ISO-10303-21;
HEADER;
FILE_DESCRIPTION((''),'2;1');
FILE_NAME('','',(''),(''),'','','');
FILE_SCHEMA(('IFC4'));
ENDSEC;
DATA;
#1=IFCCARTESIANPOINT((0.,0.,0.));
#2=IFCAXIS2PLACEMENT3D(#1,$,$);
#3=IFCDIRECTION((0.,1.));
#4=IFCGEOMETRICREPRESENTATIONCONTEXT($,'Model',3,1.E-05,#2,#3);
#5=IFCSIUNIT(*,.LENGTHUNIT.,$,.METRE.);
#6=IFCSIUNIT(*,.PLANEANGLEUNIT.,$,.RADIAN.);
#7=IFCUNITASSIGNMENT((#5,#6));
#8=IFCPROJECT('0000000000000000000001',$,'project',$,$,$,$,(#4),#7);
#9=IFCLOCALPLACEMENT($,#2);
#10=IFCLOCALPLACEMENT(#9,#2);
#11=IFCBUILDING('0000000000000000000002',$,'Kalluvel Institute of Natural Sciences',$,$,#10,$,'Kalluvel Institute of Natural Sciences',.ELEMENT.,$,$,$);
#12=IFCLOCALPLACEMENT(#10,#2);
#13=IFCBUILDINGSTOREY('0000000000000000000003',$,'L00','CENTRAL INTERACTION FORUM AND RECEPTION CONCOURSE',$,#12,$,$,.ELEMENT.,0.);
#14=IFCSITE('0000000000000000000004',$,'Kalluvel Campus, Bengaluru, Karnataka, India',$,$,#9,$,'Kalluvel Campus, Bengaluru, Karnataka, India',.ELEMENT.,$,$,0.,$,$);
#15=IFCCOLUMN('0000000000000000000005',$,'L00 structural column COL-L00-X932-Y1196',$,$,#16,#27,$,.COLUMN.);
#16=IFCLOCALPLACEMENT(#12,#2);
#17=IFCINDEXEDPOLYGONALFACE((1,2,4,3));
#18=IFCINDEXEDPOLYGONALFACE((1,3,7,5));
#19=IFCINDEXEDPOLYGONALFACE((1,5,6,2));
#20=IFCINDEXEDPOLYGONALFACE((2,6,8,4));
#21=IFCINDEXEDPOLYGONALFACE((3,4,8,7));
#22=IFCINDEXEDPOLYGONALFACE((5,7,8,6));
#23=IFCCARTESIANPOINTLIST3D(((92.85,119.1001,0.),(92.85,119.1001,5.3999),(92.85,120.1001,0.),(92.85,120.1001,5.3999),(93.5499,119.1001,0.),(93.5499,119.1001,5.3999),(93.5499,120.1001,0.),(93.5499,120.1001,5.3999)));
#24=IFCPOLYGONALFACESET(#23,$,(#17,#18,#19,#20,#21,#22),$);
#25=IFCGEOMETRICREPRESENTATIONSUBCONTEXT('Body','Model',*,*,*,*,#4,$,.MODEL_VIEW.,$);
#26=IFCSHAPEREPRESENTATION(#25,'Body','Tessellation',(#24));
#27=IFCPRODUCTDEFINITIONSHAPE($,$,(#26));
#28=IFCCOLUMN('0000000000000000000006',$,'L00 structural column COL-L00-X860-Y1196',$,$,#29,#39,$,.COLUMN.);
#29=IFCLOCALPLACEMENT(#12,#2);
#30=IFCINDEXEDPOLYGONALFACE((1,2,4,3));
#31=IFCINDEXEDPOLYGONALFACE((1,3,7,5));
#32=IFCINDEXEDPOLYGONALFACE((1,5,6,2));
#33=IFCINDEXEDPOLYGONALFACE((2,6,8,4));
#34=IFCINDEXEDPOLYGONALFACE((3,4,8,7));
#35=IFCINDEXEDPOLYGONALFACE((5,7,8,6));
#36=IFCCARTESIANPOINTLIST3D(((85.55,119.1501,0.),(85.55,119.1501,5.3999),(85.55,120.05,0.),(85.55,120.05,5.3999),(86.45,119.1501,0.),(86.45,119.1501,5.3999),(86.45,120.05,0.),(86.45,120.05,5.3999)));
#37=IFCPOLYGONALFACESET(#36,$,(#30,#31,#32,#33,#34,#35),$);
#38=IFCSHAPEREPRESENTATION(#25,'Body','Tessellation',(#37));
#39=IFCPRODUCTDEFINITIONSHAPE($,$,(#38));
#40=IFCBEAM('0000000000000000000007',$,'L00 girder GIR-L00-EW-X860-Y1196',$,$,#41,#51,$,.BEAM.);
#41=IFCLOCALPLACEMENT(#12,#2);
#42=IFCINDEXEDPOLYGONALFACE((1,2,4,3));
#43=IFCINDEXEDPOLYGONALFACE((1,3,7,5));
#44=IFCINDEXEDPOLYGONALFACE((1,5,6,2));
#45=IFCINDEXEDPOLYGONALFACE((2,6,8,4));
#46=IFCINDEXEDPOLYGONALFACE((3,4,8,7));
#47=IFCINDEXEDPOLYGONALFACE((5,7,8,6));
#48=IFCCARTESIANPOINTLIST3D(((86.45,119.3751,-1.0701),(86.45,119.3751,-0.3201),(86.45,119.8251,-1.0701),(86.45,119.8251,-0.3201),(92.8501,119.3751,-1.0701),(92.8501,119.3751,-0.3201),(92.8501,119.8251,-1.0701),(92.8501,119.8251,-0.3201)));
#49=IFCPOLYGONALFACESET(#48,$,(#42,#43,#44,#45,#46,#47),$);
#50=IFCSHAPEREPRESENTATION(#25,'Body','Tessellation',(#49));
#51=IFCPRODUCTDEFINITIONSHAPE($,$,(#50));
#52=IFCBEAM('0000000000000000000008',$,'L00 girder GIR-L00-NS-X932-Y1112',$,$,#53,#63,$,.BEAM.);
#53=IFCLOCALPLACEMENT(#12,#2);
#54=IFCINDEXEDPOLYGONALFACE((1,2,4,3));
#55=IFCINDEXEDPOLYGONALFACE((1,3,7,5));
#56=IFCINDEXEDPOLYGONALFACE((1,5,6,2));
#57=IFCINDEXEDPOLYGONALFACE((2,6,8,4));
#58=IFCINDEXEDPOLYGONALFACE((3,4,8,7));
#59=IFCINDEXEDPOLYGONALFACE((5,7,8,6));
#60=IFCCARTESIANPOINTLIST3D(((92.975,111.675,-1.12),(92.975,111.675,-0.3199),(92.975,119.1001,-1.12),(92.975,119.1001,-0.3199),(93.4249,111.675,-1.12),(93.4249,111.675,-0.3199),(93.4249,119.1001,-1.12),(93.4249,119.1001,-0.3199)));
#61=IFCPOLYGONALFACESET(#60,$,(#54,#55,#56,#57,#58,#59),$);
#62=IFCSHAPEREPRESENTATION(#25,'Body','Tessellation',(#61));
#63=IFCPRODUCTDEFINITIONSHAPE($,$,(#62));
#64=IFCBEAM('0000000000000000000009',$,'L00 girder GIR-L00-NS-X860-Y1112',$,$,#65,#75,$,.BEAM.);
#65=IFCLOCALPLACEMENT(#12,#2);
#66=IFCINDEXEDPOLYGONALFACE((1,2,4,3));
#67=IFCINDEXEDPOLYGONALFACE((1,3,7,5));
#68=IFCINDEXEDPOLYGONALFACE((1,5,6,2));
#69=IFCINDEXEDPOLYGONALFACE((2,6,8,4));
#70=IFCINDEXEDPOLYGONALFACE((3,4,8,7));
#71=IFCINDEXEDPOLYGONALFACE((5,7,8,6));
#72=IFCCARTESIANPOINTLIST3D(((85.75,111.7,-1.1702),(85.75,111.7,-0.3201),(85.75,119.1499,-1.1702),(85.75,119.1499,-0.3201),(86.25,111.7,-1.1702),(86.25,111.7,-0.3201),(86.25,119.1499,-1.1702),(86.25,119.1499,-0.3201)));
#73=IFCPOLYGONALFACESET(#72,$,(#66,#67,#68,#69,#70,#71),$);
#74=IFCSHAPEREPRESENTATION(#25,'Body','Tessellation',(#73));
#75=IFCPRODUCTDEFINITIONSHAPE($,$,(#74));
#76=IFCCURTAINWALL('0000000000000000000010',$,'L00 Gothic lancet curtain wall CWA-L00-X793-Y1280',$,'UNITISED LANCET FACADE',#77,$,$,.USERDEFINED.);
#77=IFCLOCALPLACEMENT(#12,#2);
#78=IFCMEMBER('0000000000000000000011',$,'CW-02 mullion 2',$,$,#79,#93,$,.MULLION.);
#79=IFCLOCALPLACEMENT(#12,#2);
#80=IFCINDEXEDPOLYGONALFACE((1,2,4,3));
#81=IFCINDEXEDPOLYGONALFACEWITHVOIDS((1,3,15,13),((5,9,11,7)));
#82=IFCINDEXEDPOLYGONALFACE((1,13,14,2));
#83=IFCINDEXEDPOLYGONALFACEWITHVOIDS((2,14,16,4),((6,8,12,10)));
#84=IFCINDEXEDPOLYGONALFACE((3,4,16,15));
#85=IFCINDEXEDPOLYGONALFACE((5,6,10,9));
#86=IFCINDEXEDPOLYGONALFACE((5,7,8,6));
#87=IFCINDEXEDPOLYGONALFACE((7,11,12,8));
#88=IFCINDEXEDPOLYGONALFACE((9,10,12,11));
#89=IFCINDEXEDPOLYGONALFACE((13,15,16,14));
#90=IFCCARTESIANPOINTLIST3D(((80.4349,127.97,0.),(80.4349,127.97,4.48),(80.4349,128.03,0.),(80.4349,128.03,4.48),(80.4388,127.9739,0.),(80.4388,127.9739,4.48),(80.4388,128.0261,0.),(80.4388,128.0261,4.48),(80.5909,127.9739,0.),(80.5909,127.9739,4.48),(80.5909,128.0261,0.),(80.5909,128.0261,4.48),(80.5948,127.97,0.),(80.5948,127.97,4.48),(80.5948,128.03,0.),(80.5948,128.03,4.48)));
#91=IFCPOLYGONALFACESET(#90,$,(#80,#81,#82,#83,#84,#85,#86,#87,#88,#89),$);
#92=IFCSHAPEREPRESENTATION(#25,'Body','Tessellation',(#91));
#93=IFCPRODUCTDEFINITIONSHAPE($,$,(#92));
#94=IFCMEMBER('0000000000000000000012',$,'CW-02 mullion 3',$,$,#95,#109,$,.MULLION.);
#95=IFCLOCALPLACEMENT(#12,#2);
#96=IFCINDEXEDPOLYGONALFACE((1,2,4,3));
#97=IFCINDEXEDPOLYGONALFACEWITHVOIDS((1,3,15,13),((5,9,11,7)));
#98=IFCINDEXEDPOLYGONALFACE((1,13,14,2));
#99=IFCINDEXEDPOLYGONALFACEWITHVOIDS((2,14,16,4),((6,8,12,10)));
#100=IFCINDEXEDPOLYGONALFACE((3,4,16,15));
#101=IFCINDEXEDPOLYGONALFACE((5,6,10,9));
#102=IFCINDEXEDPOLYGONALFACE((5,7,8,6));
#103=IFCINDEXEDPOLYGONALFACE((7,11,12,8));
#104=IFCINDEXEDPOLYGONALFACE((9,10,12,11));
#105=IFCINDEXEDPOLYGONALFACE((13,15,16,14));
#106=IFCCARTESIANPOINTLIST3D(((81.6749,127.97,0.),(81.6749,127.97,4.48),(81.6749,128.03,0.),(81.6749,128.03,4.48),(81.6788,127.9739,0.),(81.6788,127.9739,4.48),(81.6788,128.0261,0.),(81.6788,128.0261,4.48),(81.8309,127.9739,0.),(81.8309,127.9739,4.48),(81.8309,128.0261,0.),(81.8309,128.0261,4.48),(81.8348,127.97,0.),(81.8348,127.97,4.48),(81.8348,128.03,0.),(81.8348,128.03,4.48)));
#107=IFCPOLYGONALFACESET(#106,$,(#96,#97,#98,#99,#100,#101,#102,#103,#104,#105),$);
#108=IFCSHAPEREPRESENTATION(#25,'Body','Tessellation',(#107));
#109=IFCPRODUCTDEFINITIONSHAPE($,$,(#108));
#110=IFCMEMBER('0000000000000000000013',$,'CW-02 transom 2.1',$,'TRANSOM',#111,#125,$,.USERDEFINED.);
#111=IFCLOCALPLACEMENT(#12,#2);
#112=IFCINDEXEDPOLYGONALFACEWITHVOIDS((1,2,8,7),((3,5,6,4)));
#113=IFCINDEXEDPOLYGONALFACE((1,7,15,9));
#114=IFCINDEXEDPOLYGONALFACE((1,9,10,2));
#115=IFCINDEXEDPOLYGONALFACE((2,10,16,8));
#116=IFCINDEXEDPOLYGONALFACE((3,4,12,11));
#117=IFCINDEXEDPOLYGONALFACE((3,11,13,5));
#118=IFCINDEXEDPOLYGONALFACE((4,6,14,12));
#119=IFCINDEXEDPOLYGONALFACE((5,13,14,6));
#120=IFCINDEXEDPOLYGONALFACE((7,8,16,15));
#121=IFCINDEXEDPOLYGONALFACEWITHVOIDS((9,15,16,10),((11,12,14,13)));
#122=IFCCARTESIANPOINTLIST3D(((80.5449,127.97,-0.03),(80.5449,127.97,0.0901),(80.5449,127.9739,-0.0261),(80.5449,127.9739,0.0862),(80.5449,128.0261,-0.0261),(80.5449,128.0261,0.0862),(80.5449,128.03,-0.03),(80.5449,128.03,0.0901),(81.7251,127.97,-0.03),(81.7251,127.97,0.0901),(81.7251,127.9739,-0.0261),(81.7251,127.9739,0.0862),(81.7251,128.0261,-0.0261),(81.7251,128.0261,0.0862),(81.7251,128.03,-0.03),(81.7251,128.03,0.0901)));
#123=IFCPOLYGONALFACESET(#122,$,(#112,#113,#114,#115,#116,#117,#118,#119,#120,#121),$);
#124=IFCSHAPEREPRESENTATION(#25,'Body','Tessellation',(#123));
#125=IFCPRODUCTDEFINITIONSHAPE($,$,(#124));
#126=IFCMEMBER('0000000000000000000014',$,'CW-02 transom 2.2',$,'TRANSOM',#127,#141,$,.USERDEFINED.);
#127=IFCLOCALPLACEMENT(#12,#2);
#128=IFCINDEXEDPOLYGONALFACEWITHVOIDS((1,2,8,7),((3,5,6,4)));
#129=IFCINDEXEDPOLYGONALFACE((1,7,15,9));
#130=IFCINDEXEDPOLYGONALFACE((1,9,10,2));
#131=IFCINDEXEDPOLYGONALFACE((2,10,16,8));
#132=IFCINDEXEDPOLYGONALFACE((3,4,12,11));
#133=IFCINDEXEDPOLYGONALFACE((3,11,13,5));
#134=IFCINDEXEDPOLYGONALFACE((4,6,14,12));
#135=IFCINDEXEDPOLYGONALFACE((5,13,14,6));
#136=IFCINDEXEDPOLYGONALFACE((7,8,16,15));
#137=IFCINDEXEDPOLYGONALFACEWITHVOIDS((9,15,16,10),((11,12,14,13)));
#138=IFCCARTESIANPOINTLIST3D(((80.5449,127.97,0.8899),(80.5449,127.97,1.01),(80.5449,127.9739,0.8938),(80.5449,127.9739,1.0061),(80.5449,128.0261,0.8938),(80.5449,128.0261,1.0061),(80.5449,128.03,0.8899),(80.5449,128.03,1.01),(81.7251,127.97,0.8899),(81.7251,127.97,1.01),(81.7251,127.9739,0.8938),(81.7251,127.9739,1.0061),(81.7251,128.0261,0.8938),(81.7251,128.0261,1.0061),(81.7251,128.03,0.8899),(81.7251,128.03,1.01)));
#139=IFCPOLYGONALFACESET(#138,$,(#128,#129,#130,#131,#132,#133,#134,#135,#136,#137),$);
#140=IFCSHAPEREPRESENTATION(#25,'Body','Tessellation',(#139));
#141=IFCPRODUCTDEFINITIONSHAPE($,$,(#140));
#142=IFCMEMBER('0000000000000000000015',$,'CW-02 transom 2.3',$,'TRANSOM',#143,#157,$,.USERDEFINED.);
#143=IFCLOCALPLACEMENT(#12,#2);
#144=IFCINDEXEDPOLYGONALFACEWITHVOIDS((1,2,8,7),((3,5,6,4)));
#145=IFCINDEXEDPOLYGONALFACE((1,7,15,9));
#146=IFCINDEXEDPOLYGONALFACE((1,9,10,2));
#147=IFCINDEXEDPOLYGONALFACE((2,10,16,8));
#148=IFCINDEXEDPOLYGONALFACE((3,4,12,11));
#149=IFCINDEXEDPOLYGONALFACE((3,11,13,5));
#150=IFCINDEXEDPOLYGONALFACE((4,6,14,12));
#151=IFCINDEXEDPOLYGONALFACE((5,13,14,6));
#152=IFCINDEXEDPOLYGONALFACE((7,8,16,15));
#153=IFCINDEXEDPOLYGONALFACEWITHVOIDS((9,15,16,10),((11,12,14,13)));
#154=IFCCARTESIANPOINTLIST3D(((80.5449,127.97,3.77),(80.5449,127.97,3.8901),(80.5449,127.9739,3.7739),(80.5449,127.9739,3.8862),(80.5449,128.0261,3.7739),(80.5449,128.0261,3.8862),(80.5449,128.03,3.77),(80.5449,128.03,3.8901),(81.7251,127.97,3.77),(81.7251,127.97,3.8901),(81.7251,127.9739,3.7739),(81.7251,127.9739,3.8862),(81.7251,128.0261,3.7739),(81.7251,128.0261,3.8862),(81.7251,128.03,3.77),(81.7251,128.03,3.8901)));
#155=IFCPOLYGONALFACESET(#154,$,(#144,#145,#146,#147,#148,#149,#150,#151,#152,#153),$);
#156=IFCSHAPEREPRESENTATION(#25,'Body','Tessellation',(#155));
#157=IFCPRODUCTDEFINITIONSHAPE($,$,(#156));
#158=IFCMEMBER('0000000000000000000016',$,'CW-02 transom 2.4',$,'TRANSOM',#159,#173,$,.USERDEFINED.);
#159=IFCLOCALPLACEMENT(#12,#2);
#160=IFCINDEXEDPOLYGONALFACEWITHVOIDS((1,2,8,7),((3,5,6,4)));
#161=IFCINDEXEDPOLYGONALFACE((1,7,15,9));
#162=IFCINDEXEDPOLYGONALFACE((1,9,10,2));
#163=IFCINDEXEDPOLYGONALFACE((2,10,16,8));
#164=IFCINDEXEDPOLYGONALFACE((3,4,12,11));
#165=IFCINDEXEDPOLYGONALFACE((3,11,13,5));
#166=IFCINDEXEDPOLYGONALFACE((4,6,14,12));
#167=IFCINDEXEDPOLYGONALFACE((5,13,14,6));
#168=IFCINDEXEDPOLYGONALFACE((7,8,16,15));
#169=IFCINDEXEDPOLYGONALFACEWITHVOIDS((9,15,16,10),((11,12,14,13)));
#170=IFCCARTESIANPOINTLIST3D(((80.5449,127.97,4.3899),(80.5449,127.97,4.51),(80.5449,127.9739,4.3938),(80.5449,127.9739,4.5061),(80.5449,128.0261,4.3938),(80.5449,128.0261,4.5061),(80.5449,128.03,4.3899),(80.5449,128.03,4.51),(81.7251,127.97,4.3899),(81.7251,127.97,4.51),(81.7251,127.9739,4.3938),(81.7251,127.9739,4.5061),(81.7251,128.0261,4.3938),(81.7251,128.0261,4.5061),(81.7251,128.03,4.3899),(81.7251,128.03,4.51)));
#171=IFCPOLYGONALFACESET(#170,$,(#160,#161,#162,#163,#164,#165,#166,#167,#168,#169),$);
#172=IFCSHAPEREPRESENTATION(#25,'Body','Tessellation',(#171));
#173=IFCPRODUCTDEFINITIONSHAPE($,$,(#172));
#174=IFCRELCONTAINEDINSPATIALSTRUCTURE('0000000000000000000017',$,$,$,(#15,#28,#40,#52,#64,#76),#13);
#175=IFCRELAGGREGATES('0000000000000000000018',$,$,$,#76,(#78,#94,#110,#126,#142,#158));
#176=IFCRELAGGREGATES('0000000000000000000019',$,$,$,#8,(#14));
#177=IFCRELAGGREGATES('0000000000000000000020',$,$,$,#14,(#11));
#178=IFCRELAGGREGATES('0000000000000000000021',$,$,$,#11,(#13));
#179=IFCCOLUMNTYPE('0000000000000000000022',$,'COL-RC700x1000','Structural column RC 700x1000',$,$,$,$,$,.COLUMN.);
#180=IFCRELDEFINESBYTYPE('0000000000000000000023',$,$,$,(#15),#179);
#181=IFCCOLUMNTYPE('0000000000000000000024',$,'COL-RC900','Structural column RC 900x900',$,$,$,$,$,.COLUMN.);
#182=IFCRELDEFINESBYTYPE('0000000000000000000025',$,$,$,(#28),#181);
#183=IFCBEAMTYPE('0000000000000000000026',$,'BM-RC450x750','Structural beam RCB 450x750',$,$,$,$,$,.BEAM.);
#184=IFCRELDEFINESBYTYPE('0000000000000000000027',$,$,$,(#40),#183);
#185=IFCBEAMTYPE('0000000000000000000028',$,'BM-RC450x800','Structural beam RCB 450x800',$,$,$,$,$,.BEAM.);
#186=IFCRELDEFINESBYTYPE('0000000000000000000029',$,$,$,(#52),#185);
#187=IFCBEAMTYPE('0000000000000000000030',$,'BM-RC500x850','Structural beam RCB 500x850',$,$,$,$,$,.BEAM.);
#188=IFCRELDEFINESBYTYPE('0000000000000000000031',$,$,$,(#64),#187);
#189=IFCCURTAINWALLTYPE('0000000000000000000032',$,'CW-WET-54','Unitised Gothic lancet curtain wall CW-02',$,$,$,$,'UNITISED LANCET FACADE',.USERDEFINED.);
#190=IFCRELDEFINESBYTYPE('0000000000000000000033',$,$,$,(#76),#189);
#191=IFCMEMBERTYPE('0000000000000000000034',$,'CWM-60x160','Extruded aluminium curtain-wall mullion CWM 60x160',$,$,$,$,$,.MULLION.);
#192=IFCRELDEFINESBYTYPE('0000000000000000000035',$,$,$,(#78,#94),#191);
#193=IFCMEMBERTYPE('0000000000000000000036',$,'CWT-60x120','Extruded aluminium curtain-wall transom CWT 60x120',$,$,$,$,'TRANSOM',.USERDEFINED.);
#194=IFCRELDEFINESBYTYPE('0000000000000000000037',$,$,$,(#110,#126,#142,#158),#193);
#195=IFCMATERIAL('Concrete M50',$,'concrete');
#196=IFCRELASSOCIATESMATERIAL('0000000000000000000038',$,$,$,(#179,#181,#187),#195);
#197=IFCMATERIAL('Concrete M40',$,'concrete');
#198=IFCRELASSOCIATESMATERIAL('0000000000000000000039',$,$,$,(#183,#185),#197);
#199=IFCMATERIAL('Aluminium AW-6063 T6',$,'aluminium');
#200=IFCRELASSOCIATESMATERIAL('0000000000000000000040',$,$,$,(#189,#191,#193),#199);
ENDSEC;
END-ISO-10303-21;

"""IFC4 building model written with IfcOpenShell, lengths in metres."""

from ifc_helpers import new_model, si_unit, direction, frame, origin, origin_2d, place, context, subcontext, project, spatial, rectangle, hollow_rectangle, extrude, material, material_profile, profile_set, type_object, element, aggregate, save


model = new_model("IFC4")

# Units and contexts
model_context = context("Model", 3, precision=1e-05, world=origin(), true_north=direction((0.0, 1.0)))
body_context = subcontext(model_context, "Body", "Model", "MODEL_VIEW")
ifc_project = project(units=[si_unit("LENGTHUNIT", "METRE"), si_unit("PLANEANGLEUNIT", "RADIAN")], contexts=[model_context])

# Site, building, storey
site_placement = place(None, origin())
site = spatial("IfcSite", under=ifc_project, at=site_placement, Name="Kalluvel Campus, Bengaluru, Karnataka, India", LongName="Kalluvel Campus, Bengaluru, Karnataka, India", CompositionType="ELEMENT", RefElevation=0.0)
building_placement = place(site_placement, origin())
building = spatial("IfcBuilding", under=site, at=building_placement, Name="Kalluvel Institute of Natural Sciences", LongName="Kalluvel Institute of Natural Sciences", CompositionType="ELEMENT")
storey_placement = place(building_placement, origin())
storey = spatial("IfcBuildingStorey", under=building, at=storey_placement, Name="L00", Description="CENTRAL INTERACTION FORUM AND RECEPTION CONCOURSE", CompositionType="ELEMENT", Elevation=0.0)

# Columns
ifc_material_1 = material(Name="Concrete M50", Category="concrete")
ifc_material_profile_1 = material_profile(ifc_material_1, rectangle(XDim=0.7, YDim=1.0, at=origin_2d()), Name="RC 700x1000")
ifc_profile_set_1 = profile_set([ifc_material_profile_1], Name="Concrete M50")
column_type_1 = type_object("IfcColumnType", Name="COL-RC700x1000", Description="Structural column RC 700x1000", PredefinedType="COLUMN", material=ifc_profile_set_1)
column_1_placement = place(storey_placement, frame((93.2, 119.6001, 0.0), z_axis=(0.0, 0.0, 1.0), x_axis=(1.0, 0.0, 0.0)))
element("IfcColumn", 1, at=column_1_placement, inside=storey, type_object=column_type_1, Name="L00 structural column COL-L00-X932-Y1196", PredefinedType="COLUMN", context=body_context, shape_type="SweptSolid", body=[
    extrude(rectangle(XDim=0.7, YDim=1.0, at=origin_2d()), origin(), (0.0, 0.0, 1.0), 5.3999),
])
ifc_material_profile_2 = material_profile(ifc_material_1, rectangle(XDim=0.8999, YDim=0.8999, at=origin_2d()), Name="RC 900x900")
ifc_profile_set_2 = profile_set([ifc_material_profile_2], Name="Concrete M50")
column_type_2 = type_object("IfcColumnType", Name="COL-RC900", Description="Structural column RC 900x900", PredefinedType="COLUMN", material=ifc_profile_set_2)
column_2_placement = place(storey_placement, frame((86.0, 119.6001, 0.0), z_axis=(0.0, 0.0, 1.0), x_axis=(1.0, 0.0, 0.0)))
element("IfcColumn", 2, at=column_2_placement, inside=storey, type_object=column_type_2, Name="L00 structural column COL-L00-X860-Y1196", PredefinedType="COLUMN", context=body_context, shape_type="SweptSolid", body=[
    extrude(rectangle(XDim=0.8999, YDim=0.8999, at=origin_2d()), origin(), (0.0, 0.0, 1.0), 5.3999),
])

# Beams
ifc_material_2 = material(Name="Concrete M40", Category="concrete")
ifc_material_profile_3 = material_profile(ifc_material_2, rectangle(XDim=0.45, YDim=0.75, at=origin_2d()), Name="RCB 450x750")
ifc_profile_set_3 = profile_set([ifc_material_profile_3], Name="Concrete M40")
beam_type_1 = type_object("IfcBeamType", Name="BM-RC450x750", Description="Structural beam RCB 450x750", PredefinedType="BEAM", material=ifc_profile_set_3)
beam_1_placement = place(storey_placement, frame((86.45, 119.6001, -0.6951), z_axis=(1.0, 0.0, 0.0), x_axis=(0.0, 1.0, 0.0)))
element("IfcBeam", 3, at=beam_1_placement, inside=storey, type_object=beam_type_1, Name="L00 girder GIR-L00-EW-X860-Y1196", PredefinedType="BEAM", context=body_context, shape_type="SweptSolid", body=[
    extrude(rectangle(XDim=0.45, YDim=0.75, at=origin_2d()), origin(), (0.0, 0.0, 1.0), 6.4001),
])
ifc_material_profile_4 = material_profile(ifc_material_2, rectangle(XDim=0.45, YDim=0.8, at=origin_2d()), Name="RCB 450x800")
ifc_profile_set_4 = profile_set([ifc_material_profile_4], Name="Concrete M40")
beam_type_2 = type_object("IfcBeamType", Name="BM-RC450x800", Description="Structural beam RCB 450x800", PredefinedType="BEAM", material=ifc_profile_set_4)
beam_2_placement = place(storey_placement, frame((93.2, 111.675, -0.72), z_axis=(0.0, 1.0, 0.0), x_axis=(-1.0, 0.0, 0.0)))
element("IfcBeam", 4, at=beam_2_placement, inside=storey, type_object=beam_type_2, Name="L00 girder GIR-L00-NS-X932-Y1112", PredefinedType="BEAM", context=body_context, shape_type="SweptSolid", body=[
    extrude(rectangle(XDim=0.45, YDim=0.8, at=origin_2d()), origin(), (0.0, 0.0, 1.0), 7.425),
])
ifc_material_profile_5 = material_profile(ifc_material_1, rectangle(XDim=0.5, YDim=0.8501, at=origin_2d()), Name="RCB 500x850")
ifc_profile_set_5 = profile_set([ifc_material_profile_5], Name="Concrete M50")
beam_type_3 = type_object("IfcBeamType", Name="BM-RC500x850", Description="Structural beam RCB 500x850", PredefinedType="BEAM", material=ifc_profile_set_5)
beam_3_placement = place(storey_placement, frame((86.0, 111.7, -0.7451), z_axis=(0.0, 1.0, 0.0), x_axis=(-1.0, 0.0, 0.0)))
element("IfcBeam", 5, at=beam_3_placement, inside=storey, type_object=beam_type_3, Name="L00 girder GIR-L00-NS-X860-Y1112", PredefinedType="BEAM", context=body_context, shape_type="SweptSolid", body=[
    extrude(rectangle(XDim=0.5, YDim=0.8501, at=origin_2d()), origin(), (0.0, 0.0, 1.0), 7.45),
])

# Curtain wall, members
ifc_material_3 = material(Name="Aluminium AW-6063 T6", Category="aluminium")
curtain_wall_type = type_object("IfcCurtainWallType", Name="CW-WET-54", Description="Unitised Gothic lancet curtain wall CW-02", ElementType="UNITISED LANCET FACADE", PredefinedType="USERDEFINED", material=ifc_material_3)
curtain_wall_placement = place(storey_placement, origin())
curtain_wall = element("IfcCurtainWall", 6, at=curtain_wall_placement, inside=storey, type_object=curtain_wall_type, Name="L00 Gothic lancet curtain wall CWA-L00-X793-Y1280", ObjectType="UNITISED LANCET FACADE", PredefinedType="USERDEFINED")
ifc_material_profile_6 = material_profile(ifc_material_3, hollow_rectangle(XDim=0.0601, YDim=0.1599, WallThickness=0.0039, at=origin_2d()), Name="CWM 60x160")
ifc_profile_set_6 = profile_set([ifc_material_profile_6], Name="Aluminium AW-6063 T6")
member_type_1 = type_object("IfcMemberType", Name="CWM-60x160", Description="Extruded aluminium curtain-wall mullion CWM 60x160", PredefinedType="MULLION", material=ifc_profile_set_6)
member_1_placement = place(storey_placement, frame((80.5149, 128.0, 0.0), z_axis=(0.0, 0.0, 1.0), x_axis=(0.0, 1.0, 0.0)))
member_1 = element("IfcMember", 7, at=member_1_placement, type_object=member_type_1, Name="CW-02 mullion 2", PredefinedType="MULLION", context=body_context, shape_type="SweptSolid", body=[
    extrude(hollow_rectangle(XDim=0.0601, YDim=0.1599, WallThickness=0.0039, at=origin_2d()), origin(), (0.0, 0.0, 1.0), 4.48),
])
member_2_placement = place(storey_placement, frame((81.7549, 128.0, 0.0), z_axis=(0.0, 0.0, 1.0), x_axis=(0.0, 1.0, 0.0)))
member_2 = element("IfcMember", 8, at=member_2_placement, type_object=member_type_1, Name="CW-02 mullion 3", PredefinedType="MULLION", context=body_context, shape_type="SweptSolid", body=[
    extrude(hollow_rectangle(XDim=0.0601, YDim=0.1599, WallThickness=0.0039, at=origin_2d()), origin(), (0.0, 0.0, 1.0), 4.48),
])
ifc_material_profile_7 = material_profile(ifc_material_3, hollow_rectangle(XDim=0.0601, YDim=0.1201, WallThickness=0.0039, at=origin_2d()), Name="CWT 60x120")
ifc_profile_set_7 = profile_set([ifc_material_profile_7], Name="Aluminium AW-6063 T6")
member_type_2 = type_object("IfcMemberType", Name="CWT-60x120", Description="Extruded aluminium curtain-wall transom CWT 60x120", ElementType="TRANSOM", PredefinedType="USERDEFINED", material=ifc_profile_set_7)
member_3_placement = place(storey_placement, frame((80.5449, 128.0, 0.03), z_axis=(1.0, 0.0, 0.0), x_axis=(0.0, 1.0, 0.0)))
member_3 = element("IfcMember", 9, at=member_3_placement, type_object=member_type_2, Name="CW-02 transom 2.1", ObjectType="TRANSOM", PredefinedType="USERDEFINED", context=body_context, shape_type="SweptSolid", body=[
    extrude(hollow_rectangle(XDim=0.0601, YDim=0.1201, WallThickness=0.0039, at=origin_2d()), origin(), (0.0, 0.0, 1.0), 1.1802),
])
member_4_placement = place(storey_placement, frame((80.5449, 128.0, 0.95), z_axis=(1.0, 0.0, 0.0), x_axis=(0.0, 1.0, 0.0)))
member_4 = element("IfcMember", 10, at=member_4_placement, type_object=member_type_2, Name="CW-02 transom 2.2", ObjectType="TRANSOM", PredefinedType="USERDEFINED", context=body_context, shape_type="SweptSolid", body=[
    extrude(hollow_rectangle(XDim=0.0601, YDim=0.1201, WallThickness=0.0039, at=origin_2d()), origin(), (0.0, 0.0, 1.0), 1.1802),
])
member_5_placement = place(storey_placement, frame((80.5449, 128.0, 3.8301), z_axis=(1.0, 0.0, 0.0), x_axis=(0.0, 1.0, 0.0)))
member_5 = element("IfcMember", 11, at=member_5_placement, type_object=member_type_2, Name="CW-02 transom 2.3", ObjectType="TRANSOM", PredefinedType="USERDEFINED", context=body_context, shape_type="SweptSolid", body=[
    extrude(hollow_rectangle(XDim=0.0601, YDim=0.1201, WallThickness=0.0039, at=origin_2d()), origin(), (0.0, 0.0, 1.0), 1.1802),
])
member_6_placement = place(storey_placement, frame((80.5449, 128.0, 4.45), z_axis=(1.0, 0.0, 0.0), x_axis=(0.0, 1.0, 0.0)))
member_6 = element("IfcMember", 12, at=member_6_placement, type_object=member_type_2, Name="CW-02 transom 2.4", ObjectType="TRANSOM", PredefinedType="USERDEFINED", context=body_context, shape_type="SweptSolid", body=[
    extrude(hollow_rectangle(XDim=0.0601, YDim=0.1201, WallThickness=0.0039, at=origin_2d()), origin(), (0.0, 0.0, 1.0), 1.1802),
])

aggregate(curtain_wall, [member_1, member_2, member_3, member_4, member_5, member_6])

save(model, "model.ifc")
